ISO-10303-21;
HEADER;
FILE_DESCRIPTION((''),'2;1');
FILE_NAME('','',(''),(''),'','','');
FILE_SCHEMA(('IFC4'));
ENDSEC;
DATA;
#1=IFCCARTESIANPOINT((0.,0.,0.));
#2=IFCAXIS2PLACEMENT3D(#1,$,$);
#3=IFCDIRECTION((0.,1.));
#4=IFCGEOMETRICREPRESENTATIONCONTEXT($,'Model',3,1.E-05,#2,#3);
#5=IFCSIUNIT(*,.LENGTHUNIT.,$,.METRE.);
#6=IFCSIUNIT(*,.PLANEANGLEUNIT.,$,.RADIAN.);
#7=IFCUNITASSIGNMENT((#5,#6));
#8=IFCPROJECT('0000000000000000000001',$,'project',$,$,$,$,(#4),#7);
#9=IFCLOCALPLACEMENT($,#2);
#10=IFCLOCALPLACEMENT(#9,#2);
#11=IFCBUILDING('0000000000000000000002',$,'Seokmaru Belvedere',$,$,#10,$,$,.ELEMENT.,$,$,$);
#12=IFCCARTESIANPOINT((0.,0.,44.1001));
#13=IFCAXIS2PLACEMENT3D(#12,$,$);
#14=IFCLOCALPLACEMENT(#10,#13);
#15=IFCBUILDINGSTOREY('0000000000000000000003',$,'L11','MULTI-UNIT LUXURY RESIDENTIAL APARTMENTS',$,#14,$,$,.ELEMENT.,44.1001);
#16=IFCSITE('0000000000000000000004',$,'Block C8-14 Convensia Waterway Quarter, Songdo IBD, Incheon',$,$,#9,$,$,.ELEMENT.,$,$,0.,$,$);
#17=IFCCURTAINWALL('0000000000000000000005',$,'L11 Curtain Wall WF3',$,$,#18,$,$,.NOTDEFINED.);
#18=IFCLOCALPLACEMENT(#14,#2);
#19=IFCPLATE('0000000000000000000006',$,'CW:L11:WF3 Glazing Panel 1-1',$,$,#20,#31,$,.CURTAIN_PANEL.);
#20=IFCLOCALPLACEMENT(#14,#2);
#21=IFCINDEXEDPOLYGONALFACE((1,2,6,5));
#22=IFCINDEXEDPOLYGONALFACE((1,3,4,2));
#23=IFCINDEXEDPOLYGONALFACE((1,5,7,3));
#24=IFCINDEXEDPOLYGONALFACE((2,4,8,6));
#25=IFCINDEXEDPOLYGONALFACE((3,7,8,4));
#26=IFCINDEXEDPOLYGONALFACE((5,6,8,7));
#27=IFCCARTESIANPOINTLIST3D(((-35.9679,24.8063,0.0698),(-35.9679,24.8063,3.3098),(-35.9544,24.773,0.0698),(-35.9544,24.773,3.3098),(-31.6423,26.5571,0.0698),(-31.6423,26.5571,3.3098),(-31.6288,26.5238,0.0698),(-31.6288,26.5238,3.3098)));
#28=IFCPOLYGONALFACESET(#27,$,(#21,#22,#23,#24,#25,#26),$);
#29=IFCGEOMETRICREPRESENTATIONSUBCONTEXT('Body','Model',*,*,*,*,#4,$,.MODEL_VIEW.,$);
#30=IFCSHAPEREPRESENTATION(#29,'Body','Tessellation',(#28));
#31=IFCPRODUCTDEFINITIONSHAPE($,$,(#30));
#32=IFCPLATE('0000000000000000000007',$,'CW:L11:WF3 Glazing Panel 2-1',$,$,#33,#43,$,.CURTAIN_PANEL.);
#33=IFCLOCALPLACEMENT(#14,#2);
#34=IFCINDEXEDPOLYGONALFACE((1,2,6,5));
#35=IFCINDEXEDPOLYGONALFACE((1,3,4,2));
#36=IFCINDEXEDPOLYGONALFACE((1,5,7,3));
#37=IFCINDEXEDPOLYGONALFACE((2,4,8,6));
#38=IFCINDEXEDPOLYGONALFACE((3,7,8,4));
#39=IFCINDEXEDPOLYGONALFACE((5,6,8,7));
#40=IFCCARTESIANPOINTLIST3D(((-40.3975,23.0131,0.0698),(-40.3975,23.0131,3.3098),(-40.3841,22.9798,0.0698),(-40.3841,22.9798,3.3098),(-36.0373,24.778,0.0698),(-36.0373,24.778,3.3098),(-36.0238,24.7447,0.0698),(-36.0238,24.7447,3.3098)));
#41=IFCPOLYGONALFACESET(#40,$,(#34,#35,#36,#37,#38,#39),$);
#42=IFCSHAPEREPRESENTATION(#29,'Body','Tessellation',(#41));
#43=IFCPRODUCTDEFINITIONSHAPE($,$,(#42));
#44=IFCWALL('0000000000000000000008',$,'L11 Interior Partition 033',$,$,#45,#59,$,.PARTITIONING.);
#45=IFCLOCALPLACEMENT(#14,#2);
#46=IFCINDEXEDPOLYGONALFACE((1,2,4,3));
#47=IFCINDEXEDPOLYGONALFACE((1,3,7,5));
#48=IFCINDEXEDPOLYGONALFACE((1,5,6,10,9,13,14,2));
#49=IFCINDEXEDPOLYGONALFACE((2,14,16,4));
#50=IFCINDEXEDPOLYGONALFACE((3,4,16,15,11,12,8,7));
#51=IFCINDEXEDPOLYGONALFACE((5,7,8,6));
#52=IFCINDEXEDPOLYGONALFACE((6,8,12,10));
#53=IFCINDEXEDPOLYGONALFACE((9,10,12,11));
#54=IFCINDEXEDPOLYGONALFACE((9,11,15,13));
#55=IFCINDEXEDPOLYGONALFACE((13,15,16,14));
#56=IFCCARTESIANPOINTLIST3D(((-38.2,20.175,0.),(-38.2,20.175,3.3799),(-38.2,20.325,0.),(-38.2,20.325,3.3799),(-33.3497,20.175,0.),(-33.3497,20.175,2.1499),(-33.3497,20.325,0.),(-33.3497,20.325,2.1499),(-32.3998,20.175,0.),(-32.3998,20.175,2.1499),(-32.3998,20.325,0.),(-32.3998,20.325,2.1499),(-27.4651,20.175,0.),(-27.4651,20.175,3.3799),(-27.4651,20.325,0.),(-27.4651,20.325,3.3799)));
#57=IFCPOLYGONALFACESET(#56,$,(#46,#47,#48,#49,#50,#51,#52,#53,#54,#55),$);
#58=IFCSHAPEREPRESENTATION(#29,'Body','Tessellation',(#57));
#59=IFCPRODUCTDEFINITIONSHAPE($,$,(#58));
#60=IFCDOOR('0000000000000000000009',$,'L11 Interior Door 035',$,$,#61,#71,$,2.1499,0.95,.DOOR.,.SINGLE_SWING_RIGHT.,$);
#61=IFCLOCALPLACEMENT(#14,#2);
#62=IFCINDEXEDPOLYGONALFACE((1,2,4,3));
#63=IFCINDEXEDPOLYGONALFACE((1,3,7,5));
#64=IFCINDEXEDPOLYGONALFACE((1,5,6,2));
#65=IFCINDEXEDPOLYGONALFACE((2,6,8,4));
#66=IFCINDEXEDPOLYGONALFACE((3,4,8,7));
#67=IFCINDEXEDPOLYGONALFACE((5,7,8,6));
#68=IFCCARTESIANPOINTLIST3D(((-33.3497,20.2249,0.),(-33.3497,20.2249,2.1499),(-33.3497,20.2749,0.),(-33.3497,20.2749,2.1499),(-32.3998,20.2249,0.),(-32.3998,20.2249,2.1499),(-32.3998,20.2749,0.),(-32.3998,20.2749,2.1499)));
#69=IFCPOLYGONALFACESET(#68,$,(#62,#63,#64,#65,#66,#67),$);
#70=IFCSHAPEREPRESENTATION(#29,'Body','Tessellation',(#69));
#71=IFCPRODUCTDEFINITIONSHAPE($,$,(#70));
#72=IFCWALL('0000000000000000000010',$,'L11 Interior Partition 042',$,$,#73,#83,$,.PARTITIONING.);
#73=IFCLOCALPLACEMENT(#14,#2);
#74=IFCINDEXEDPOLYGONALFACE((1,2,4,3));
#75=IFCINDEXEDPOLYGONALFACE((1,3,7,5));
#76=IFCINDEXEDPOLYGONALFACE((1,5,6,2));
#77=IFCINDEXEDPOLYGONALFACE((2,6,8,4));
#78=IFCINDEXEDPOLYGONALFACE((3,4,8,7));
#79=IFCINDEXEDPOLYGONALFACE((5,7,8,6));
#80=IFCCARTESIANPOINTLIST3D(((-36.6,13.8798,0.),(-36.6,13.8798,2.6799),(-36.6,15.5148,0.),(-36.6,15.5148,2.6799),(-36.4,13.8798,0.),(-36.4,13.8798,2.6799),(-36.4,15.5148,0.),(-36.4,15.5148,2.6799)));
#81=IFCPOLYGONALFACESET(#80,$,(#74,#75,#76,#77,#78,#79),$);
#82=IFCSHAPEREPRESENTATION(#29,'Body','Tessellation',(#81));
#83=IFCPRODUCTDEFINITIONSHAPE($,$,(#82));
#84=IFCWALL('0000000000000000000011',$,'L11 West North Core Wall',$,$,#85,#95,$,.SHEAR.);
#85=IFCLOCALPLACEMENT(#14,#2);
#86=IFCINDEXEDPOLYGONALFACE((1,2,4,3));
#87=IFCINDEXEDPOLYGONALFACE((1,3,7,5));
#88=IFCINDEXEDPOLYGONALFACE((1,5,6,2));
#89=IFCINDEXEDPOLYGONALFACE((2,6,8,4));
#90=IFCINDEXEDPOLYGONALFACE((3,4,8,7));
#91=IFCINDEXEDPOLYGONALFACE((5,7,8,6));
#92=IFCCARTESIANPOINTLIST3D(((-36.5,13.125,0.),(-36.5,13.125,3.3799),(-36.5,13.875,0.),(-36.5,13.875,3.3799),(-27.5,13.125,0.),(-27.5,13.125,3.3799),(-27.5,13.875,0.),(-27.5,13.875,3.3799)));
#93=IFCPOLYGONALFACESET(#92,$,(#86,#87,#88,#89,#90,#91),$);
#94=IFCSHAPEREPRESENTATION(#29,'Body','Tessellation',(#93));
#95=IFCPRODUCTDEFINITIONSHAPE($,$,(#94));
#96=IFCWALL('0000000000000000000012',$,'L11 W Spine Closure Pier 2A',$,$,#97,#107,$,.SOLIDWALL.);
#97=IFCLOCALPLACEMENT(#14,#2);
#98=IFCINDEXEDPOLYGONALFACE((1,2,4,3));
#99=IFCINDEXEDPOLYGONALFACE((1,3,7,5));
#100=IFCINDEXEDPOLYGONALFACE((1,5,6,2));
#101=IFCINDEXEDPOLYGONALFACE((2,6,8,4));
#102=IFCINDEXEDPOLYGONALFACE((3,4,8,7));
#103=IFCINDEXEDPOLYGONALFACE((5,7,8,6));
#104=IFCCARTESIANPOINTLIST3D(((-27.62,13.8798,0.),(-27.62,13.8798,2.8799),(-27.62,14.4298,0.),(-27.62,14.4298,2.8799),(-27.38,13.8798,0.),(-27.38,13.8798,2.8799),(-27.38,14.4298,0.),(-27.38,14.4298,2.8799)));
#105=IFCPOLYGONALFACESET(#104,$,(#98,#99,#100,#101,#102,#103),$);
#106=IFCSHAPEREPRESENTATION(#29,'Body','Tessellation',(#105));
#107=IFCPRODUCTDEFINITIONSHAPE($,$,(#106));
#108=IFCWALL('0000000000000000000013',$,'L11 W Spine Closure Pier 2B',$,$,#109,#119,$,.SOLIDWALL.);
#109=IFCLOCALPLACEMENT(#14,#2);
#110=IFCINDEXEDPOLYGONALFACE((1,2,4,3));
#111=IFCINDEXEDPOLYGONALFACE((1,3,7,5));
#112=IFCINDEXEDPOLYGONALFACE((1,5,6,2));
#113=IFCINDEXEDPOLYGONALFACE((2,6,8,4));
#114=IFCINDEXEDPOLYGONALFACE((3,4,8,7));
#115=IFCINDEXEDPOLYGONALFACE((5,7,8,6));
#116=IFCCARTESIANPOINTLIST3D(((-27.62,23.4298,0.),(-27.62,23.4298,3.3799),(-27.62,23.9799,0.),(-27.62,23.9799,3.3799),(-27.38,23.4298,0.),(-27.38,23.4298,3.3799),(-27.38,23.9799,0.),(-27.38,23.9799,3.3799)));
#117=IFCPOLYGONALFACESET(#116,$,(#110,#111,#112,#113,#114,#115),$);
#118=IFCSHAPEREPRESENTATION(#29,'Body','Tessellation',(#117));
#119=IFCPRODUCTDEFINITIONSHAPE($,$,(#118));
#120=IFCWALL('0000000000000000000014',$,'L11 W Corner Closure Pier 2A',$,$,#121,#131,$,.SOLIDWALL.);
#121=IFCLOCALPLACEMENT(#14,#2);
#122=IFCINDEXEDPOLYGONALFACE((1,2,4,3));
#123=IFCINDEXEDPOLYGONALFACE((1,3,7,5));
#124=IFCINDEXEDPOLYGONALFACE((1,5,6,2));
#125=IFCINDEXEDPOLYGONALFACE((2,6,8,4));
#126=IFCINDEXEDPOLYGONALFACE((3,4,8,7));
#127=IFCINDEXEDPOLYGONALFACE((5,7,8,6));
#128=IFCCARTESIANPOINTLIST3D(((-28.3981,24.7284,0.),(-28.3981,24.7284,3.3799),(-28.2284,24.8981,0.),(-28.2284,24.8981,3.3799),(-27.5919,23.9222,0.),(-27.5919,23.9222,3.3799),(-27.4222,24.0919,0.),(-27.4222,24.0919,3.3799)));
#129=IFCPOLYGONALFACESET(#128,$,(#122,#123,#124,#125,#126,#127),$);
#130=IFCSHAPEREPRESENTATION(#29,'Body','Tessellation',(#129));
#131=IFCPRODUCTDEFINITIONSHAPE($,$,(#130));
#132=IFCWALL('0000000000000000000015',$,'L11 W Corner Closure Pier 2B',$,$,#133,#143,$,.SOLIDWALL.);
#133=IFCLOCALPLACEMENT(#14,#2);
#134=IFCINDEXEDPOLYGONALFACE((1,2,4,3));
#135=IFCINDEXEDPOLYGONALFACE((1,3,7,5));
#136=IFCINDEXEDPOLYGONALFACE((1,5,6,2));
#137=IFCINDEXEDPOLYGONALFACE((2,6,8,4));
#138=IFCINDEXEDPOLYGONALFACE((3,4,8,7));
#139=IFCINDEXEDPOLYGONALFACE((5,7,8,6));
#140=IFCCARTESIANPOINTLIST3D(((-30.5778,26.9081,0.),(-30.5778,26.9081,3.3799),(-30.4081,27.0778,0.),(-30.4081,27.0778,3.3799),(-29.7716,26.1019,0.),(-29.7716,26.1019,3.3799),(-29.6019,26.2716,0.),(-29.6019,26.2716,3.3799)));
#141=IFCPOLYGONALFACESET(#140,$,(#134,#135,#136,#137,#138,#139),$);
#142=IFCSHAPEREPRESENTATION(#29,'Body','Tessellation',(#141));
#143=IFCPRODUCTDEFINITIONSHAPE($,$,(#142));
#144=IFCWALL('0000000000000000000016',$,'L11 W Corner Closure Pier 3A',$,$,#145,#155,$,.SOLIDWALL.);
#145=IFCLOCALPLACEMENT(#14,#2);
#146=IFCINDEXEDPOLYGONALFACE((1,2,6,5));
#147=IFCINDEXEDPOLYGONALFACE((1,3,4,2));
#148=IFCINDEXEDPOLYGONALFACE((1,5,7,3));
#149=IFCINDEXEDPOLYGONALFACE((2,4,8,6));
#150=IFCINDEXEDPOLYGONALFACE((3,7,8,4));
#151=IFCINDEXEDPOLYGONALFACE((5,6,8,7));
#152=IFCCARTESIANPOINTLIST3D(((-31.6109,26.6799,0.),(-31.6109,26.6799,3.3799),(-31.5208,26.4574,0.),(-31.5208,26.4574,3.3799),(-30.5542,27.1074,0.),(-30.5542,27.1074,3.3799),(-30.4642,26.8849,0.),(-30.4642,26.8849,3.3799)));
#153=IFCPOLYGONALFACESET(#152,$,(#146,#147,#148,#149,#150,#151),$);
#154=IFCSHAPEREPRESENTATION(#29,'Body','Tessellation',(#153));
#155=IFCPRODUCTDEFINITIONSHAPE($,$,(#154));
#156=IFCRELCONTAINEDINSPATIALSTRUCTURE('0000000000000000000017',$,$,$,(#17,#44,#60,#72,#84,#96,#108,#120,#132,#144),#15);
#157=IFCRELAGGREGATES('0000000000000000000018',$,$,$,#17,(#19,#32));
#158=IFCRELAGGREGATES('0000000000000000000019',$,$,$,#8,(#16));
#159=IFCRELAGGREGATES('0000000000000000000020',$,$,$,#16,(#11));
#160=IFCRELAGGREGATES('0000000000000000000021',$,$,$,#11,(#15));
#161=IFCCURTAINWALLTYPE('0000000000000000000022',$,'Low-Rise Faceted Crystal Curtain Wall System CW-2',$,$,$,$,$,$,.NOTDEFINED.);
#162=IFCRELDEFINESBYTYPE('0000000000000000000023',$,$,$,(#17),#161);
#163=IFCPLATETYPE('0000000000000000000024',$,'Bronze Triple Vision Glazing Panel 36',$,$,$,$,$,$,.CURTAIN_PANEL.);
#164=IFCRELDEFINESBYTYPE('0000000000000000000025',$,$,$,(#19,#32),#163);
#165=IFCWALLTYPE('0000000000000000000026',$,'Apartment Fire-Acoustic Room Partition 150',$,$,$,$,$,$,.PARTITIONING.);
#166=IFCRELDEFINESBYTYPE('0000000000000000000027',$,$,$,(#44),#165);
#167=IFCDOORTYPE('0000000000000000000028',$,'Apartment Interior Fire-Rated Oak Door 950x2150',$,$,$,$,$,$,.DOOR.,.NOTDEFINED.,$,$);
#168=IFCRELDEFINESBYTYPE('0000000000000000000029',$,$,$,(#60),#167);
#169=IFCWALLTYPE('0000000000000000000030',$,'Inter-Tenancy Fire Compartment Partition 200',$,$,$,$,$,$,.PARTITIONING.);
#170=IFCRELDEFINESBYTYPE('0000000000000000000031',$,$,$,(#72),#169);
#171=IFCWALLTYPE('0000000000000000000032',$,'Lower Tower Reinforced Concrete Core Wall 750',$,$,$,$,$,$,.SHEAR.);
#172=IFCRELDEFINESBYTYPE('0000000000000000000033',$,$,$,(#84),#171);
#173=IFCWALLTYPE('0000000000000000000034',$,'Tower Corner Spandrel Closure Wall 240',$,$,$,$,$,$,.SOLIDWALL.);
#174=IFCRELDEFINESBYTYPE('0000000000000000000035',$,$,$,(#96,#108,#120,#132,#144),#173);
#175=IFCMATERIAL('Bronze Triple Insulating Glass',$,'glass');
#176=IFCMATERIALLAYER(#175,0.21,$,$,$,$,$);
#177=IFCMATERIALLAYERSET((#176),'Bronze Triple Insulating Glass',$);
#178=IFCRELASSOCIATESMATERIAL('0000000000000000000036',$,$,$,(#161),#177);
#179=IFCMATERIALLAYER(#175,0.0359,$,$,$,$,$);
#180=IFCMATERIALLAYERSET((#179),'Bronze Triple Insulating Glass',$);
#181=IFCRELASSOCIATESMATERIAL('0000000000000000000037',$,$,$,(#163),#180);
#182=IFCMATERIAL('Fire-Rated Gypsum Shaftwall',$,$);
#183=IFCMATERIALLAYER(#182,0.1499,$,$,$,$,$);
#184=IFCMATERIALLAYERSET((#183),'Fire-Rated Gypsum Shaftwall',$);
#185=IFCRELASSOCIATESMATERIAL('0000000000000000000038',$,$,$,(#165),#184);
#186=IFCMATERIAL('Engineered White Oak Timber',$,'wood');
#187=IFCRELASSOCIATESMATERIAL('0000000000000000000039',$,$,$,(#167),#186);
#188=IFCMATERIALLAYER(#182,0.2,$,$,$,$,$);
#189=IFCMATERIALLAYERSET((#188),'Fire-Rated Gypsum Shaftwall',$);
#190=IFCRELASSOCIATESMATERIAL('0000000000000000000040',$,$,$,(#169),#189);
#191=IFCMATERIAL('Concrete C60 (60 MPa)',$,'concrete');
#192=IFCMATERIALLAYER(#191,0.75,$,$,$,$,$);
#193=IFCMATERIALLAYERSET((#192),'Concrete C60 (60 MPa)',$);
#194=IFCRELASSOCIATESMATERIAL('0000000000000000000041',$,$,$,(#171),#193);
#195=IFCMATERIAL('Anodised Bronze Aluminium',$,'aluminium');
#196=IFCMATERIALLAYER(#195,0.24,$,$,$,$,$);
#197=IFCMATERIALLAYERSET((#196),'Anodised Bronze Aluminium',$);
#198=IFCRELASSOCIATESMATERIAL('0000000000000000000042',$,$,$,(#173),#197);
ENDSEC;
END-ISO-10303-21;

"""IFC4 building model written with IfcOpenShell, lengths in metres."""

from ifc_helpers import new_model, si_unit, direction, frame, frame_2d, origin, origin_2d, place, context, subcontext, project, spatial, rectangle, extrude, source, transform, mapped, material, layer, layer_set, type_object, type_shapes, element, fill, aggregate, save


model = new_model("IFC4")

# Units and contexts
model_context = context("Model", 3, precision=1e-05, world=origin(), true_north=direction((0.0, 1.0)))
body_context = subcontext(model_context, "Body", "Model", "MODEL_VIEW")
ifc_project = project(units=[si_unit("LENGTHUNIT", "METRE"), si_unit("PLANEANGLEUNIT", "RADIAN")], contexts=[model_context])

# Site, building, storey
site_placement = place(None, origin())
site = spatial("IfcSite", under=ifc_project, at=site_placement, Name="Block C8-14 Convensia Waterway Quarter, Songdo IBD, Incheon", CompositionType="ELEMENT", RefElevation=0.0)
building_placement = place(site_placement, origin())
building = spatial("IfcBuilding", under=site, at=building_placement, Name="Seokmaru Belvedere", CompositionType="ELEMENT")
storey_placement = place(building_placement, frame((0.0, 0.0, 44.1001)))
storey = spatial("IfcBuildingStorey", under=building, at=storey_placement, Name="L11", Description="MULTI-UNIT LUXURY RESIDENTIAL APARTMENTS", CompositionType="ELEMENT", Elevation=44.1001)

# Curtain wall
ifc_material_1 = material(Name="Bronze Triple Insulating Glass", Category="glass")
ifc_layer_1 = layer(ifc_material_1, 0.21)
ifc_layer_set_1 = layer_set([ifc_layer_1], Name="Bronze Triple Insulating Glass")
curtain_wall_type = type_object("IfcCurtainWallType", Name="Low-Rise Faceted Crystal Curtain Wall System CW-2", PredefinedType="NOTDEFINED", material=ifc_layer_set_1)
ifc_material_2 = material(Name="Anodised Bronze Aluminium", Category="aluminium")
curtain_wall_1_placement = place(storey_placement, origin())
curtain_wall_1 = element("IfcCurtainWall", 1, at=curtain_wall_1_placement, inside=storey, type_object=curtain_wall_type, Name="L11 Curtain Wall WF3", PredefinedType="NOTDEFINED")

# Plates
ifc_layer_2 = layer(ifc_material_1, 0.0359)
ifc_layer_set_2 = layer_set([ifc_layer_2], Name="Bronze Triple Insulating Glass")
plate_type = type_object("IfcPlateType", Name="Bronze Triple Vision Glazing Panel 36", PredefinedType="CURTAIN_PANEL", material=ifc_layer_set_2)
shared_shape_1 = source(origin(), body_context, "Body", "SweptSolid", [
    extrude(rectangle(XDim=4.6665, YDim=0.0359, at=origin_2d()), origin(), (0.0, 0.0, 1.0), 3.24),
])
plate_1_placement = place(storey_placement, frame((-33.7983, 25.665, 0.0698), z_axis=(0.0, 0.0, 1.0), x_axis=(-0.926947, -0.375192, 0.0)))
plate_1 = element("IfcPlate", 2, at=plate_1_placement, type_object=plate_type, Name="CW:L11:WF3 Glazing Panel 1-1", PredefinedType="CURTAIN_PANEL", context=body_context, shape_type="MappedRepresentation", body=[
    mapped(shared_shape_1, transform((0.0, 0.0, 0.0), scale=1.0)),
])
shared_shape_2 = source(origin(), body_context, "Body", "SweptSolid", [
    extrude(rectangle(XDim=4.7039, YDim=0.0359, at=origin_2d()), origin(), (0.0, 0.0, 1.0), 3.24),
])
plate_2_placement = place(storey_placement, frame((-38.2107, 23.8789, 0.0698), z_axis=(0.0, 0.0, 1.0), x_axis=(-0.926947, -0.375192, 0.0)))
plate_2 = element("IfcPlate", 3, at=plate_2_placement, type_object=plate_type, Name="CW:L11:WF3 Glazing Panel 2-1", PredefinedType="CURTAIN_PANEL", context=body_context, shape_type="MappedRepresentation", body=[
    mapped(shared_shape_2, transform((0.0, 0.0, 0.0), scale=1.0)),
])
aggregate(curtain_wall_1, [plate_1, plate_2])

# Wall, opening, door
ifc_material_3 = material(Name="Fire-Rated Gypsum Shaftwall")
ifc_layer_3 = layer(ifc_material_3, 0.1499)
ifc_layer_set_3 = layer_set([ifc_layer_3], Name="Fire-Rated Gypsum Shaftwall")
wall_type_1 = type_object("IfcWallType", Name="Apartment Fire-Acoustic Room Partition 150", PredefinedType="PARTITIONING", material=ifc_layer_set_3)
wall_1_placement = place(storey_placement, frame((-38.2, 20.25, 0.0), z_axis=(0.0, 0.0, 1.0), x_axis=(1.0, 0.0, 0.0)))
wall_1 = element("IfcWall", 4, at=wall_1_placement, inside=storey, type_object=wall_type_1, Name="L11 Interior Partition 033", PredefinedType="PARTITIONING", context=body_context, shape_type="SweptSolid", body=[
    extrude(rectangle(XDim=10.7349, YDim=0.1499, at=frame_2d((5.3674, 0.0))), origin(), (0.0, 0.0, 1.0), 3.3799),
])
opening_placement = place(wall_1_placement, frame((4.8501, 0.0, 0.0)))
opening = element("IfcOpeningElement", 5, at=opening_placement, cuts=wall_1, PredefinedType="OPENING", context=body_context, shape_type="SweptSolid", body=[
    extrude(rectangle(XDim=0.95, YDim=2.1499, at=frame_2d((0.4751, 1.075))), frame((0.0, 0.085, 0.0), z_axis=(0.0, -1.0, 0.0), x_axis=(1.0, 0.0, 0.0)), (0.0, 0.0, 1.0), 0.1699),
])
ifc_material_4 = material(Name="Engineered White Oak Timber", Category="wood")
door_type = type_object("IfcDoorType", Name="Apartment Interior Fire-Rated Oak Door 950x2150", OperationType="NOTDEFINED", PredefinedType="DOOR", material=ifc_material_4)
shared_shape_3 = source(origin(), body_context, "Body", "SweptSolid", [
    extrude(rectangle(XDim=0.95, YDim=2.1499, at=frame_2d((0.4751, 1.075))), frame((0.0, 0.0249, 0.0), z_axis=(0.0, -1.0, 0.0), x_axis=(1.0, 0.0, 0.0)), (0.0, 0.0, 1.0), 0.05),
])
type_shapes(door_type, [shared_shape_3])
door_placement = place(opening_placement, origin())
door = element("IfcDoor", 6, at=door_placement, inside=storey, type_object=door_type, Name="L11 Interior Door 035", OperationType="SINGLE_SWING_RIGHT", OverallHeight=2.1499, OverallWidth=0.95, PredefinedType="DOOR", context=body_context, shape_type="MappedRepresentation", body=[
    mapped(shared_shape_3, transform((0.0, 0.0, 0.0), scale=1.0)),
])
fill(opening, door)

# Walls
ifc_layer_4 = layer(ifc_material_3, 0.2)
ifc_layer_set_4 = layer_set([ifc_layer_4], Name="Fire-Rated Gypsum Shaftwall")
wall_type_2 = type_object("IfcWallType", Name="Inter-Tenancy Fire Compartment Partition 200", PredefinedType="PARTITIONING", material=ifc_layer_set_4)
wall_2_placement = place(storey_placement, frame((-36.5, 13.8799, 0.0), z_axis=(0.0, 0.0, 1.0), x_axis=(0.0, 1.0, 0.0)))
element("IfcWall", 7, at=wall_2_placement, inside=storey, type_object=wall_type_2, Name="L11 Interior Partition 042", PredefinedType="PARTITIONING", context=body_context, shape_type="SweptSolid", body=[
    extrude(rectangle(XDim=1.635, YDim=0.2, at=frame_2d((0.8174, 0.0))), origin(), (0.0, 0.0, 1.0), 2.6799),
])
ifc_material_5 = material(Name="Concrete C60 (60 MPa)", Category="concrete")
ifc_layer_5 = layer(ifc_material_5, 0.75)
ifc_layer_set_5 = layer_set([ifc_layer_5], Name="Concrete C60 (60 MPa)")
wall_type_3 = type_object("IfcWallType", Name="Lower Tower Reinforced Concrete Core Wall 750", PredefinedType="SHEAR", material=ifc_layer_set_5)
wall_3_placement = place(storey_placement, frame((-36.5, 13.5, 0.0), z_axis=(0.0, 0.0, 1.0), x_axis=(1.0, 0.0, 0.0)))
element("IfcWall", 8, at=wall_3_placement, inside=storey, type_object=wall_type_3, Name="L11 West North Core Wall", PredefinedType="SHEAR", context=body_context, shape_type="SweptSolid", body=[
    extrude(rectangle(XDim=9.0, YDim=0.75, at=frame_2d((4.5, 0.0))), origin(), (0.0, 0.0, 1.0), 3.3799),
])
ifc_layer_6 = layer(ifc_material_2, 0.24)
ifc_layer_set_6 = layer_set([ifc_layer_6], Name="Anodised Bronze Aluminium")
wall_type_4 = type_object("IfcWallType", Name="Tower Corner Spandrel Closure Wall 240", PredefinedType="SOLIDWALL", material=ifc_layer_set_6)
wall_4_placement = place(storey_placement, frame((-27.5, 13.8799, 0.0), z_axis=(0.0, 0.0, 1.0), x_axis=(0.0, 1.0, 0.0)))
element("IfcWall", 9, at=wall_4_placement, inside=storey, type_object=wall_type_4, Name="L11 W Spine Closure Pier 2A", PredefinedType="SOLIDWALL", context=body_context, shape_type="SweptSolid", body=[
    extrude(rectangle(XDim=0.55, YDim=0.24, at=frame_2d((0.2749, 0.0))), origin(), (0.0, 0.0, 1.0), 2.8799),
])
wall_5_placement = place(storey_placement, frame((-27.5, 23.4299, 0.0), z_axis=(0.0, 0.0, 1.0), x_axis=(0.0, 1.0, 0.0)))
element("IfcWall", 10, at=wall_5_placement, inside=storey, type_object=wall_type_4, Name="L11 W Spine Closure Pier 2B", PredefinedType="SOLIDWALL", context=body_context, shape_type="SweptSolid", body=[
    extrude(rectangle(XDim=0.55, YDim=0.24, at=frame_2d((0.2749, 0.0))), origin(), (0.0, 0.0, 1.0), 3.3799),
])
for number, where, z_axis, x_axis, name in (
    (11, (-27.5071, 24.0071, 0.0), (0.0, 0.0, 1.0), (-0.707107, 0.707107, 0.0), "L11 W Corner Closure Pier 2A"),
    (12, (-29.6868, 26.1868, 0.0), (0.0, 0.0, 1.0), (-0.707107, 0.707107, 0.0), "L11 W Corner Closure Pier 2B"),
):
    element("IfcWall", number, at=place(storey_placement, frame(where, z_axis=z_axis, x_axis=x_axis)), inside=storey, type_object=wall_type_4, Name=name, PredefinedType="SOLIDWALL", context=body_context, shape_type="SweptSolid", body=[
        extrude(rectangle(XDim=1.1401, YDim=0.24, at=frame_2d((0.5701, 0.0))), origin(), (0.0, 0.0, 1.0), 3.3799),
    ])
wall_6_placement = place(storey_placement, frame((-30.5093, 26.9961, 0.0), z_axis=(0.0, 0.0, 1.0), x_axis=(-0.927007, -0.375044, 0.0)))
element("IfcWall", 13, at=wall_6_placement, inside=storey, type_object=wall_type_4, Name="L11 W Corner Closure Pier 3A", PredefinedType="SOLIDWALL", context=body_context, shape_type="SweptSolid", body=[
    extrude(rectangle(XDim=1.1399, YDim=0.24, at=frame_2d((0.5698, 0.0))), origin(), (0.0, 0.0, 1.0), 3.3799),
])

save(model, "model.ifc")
